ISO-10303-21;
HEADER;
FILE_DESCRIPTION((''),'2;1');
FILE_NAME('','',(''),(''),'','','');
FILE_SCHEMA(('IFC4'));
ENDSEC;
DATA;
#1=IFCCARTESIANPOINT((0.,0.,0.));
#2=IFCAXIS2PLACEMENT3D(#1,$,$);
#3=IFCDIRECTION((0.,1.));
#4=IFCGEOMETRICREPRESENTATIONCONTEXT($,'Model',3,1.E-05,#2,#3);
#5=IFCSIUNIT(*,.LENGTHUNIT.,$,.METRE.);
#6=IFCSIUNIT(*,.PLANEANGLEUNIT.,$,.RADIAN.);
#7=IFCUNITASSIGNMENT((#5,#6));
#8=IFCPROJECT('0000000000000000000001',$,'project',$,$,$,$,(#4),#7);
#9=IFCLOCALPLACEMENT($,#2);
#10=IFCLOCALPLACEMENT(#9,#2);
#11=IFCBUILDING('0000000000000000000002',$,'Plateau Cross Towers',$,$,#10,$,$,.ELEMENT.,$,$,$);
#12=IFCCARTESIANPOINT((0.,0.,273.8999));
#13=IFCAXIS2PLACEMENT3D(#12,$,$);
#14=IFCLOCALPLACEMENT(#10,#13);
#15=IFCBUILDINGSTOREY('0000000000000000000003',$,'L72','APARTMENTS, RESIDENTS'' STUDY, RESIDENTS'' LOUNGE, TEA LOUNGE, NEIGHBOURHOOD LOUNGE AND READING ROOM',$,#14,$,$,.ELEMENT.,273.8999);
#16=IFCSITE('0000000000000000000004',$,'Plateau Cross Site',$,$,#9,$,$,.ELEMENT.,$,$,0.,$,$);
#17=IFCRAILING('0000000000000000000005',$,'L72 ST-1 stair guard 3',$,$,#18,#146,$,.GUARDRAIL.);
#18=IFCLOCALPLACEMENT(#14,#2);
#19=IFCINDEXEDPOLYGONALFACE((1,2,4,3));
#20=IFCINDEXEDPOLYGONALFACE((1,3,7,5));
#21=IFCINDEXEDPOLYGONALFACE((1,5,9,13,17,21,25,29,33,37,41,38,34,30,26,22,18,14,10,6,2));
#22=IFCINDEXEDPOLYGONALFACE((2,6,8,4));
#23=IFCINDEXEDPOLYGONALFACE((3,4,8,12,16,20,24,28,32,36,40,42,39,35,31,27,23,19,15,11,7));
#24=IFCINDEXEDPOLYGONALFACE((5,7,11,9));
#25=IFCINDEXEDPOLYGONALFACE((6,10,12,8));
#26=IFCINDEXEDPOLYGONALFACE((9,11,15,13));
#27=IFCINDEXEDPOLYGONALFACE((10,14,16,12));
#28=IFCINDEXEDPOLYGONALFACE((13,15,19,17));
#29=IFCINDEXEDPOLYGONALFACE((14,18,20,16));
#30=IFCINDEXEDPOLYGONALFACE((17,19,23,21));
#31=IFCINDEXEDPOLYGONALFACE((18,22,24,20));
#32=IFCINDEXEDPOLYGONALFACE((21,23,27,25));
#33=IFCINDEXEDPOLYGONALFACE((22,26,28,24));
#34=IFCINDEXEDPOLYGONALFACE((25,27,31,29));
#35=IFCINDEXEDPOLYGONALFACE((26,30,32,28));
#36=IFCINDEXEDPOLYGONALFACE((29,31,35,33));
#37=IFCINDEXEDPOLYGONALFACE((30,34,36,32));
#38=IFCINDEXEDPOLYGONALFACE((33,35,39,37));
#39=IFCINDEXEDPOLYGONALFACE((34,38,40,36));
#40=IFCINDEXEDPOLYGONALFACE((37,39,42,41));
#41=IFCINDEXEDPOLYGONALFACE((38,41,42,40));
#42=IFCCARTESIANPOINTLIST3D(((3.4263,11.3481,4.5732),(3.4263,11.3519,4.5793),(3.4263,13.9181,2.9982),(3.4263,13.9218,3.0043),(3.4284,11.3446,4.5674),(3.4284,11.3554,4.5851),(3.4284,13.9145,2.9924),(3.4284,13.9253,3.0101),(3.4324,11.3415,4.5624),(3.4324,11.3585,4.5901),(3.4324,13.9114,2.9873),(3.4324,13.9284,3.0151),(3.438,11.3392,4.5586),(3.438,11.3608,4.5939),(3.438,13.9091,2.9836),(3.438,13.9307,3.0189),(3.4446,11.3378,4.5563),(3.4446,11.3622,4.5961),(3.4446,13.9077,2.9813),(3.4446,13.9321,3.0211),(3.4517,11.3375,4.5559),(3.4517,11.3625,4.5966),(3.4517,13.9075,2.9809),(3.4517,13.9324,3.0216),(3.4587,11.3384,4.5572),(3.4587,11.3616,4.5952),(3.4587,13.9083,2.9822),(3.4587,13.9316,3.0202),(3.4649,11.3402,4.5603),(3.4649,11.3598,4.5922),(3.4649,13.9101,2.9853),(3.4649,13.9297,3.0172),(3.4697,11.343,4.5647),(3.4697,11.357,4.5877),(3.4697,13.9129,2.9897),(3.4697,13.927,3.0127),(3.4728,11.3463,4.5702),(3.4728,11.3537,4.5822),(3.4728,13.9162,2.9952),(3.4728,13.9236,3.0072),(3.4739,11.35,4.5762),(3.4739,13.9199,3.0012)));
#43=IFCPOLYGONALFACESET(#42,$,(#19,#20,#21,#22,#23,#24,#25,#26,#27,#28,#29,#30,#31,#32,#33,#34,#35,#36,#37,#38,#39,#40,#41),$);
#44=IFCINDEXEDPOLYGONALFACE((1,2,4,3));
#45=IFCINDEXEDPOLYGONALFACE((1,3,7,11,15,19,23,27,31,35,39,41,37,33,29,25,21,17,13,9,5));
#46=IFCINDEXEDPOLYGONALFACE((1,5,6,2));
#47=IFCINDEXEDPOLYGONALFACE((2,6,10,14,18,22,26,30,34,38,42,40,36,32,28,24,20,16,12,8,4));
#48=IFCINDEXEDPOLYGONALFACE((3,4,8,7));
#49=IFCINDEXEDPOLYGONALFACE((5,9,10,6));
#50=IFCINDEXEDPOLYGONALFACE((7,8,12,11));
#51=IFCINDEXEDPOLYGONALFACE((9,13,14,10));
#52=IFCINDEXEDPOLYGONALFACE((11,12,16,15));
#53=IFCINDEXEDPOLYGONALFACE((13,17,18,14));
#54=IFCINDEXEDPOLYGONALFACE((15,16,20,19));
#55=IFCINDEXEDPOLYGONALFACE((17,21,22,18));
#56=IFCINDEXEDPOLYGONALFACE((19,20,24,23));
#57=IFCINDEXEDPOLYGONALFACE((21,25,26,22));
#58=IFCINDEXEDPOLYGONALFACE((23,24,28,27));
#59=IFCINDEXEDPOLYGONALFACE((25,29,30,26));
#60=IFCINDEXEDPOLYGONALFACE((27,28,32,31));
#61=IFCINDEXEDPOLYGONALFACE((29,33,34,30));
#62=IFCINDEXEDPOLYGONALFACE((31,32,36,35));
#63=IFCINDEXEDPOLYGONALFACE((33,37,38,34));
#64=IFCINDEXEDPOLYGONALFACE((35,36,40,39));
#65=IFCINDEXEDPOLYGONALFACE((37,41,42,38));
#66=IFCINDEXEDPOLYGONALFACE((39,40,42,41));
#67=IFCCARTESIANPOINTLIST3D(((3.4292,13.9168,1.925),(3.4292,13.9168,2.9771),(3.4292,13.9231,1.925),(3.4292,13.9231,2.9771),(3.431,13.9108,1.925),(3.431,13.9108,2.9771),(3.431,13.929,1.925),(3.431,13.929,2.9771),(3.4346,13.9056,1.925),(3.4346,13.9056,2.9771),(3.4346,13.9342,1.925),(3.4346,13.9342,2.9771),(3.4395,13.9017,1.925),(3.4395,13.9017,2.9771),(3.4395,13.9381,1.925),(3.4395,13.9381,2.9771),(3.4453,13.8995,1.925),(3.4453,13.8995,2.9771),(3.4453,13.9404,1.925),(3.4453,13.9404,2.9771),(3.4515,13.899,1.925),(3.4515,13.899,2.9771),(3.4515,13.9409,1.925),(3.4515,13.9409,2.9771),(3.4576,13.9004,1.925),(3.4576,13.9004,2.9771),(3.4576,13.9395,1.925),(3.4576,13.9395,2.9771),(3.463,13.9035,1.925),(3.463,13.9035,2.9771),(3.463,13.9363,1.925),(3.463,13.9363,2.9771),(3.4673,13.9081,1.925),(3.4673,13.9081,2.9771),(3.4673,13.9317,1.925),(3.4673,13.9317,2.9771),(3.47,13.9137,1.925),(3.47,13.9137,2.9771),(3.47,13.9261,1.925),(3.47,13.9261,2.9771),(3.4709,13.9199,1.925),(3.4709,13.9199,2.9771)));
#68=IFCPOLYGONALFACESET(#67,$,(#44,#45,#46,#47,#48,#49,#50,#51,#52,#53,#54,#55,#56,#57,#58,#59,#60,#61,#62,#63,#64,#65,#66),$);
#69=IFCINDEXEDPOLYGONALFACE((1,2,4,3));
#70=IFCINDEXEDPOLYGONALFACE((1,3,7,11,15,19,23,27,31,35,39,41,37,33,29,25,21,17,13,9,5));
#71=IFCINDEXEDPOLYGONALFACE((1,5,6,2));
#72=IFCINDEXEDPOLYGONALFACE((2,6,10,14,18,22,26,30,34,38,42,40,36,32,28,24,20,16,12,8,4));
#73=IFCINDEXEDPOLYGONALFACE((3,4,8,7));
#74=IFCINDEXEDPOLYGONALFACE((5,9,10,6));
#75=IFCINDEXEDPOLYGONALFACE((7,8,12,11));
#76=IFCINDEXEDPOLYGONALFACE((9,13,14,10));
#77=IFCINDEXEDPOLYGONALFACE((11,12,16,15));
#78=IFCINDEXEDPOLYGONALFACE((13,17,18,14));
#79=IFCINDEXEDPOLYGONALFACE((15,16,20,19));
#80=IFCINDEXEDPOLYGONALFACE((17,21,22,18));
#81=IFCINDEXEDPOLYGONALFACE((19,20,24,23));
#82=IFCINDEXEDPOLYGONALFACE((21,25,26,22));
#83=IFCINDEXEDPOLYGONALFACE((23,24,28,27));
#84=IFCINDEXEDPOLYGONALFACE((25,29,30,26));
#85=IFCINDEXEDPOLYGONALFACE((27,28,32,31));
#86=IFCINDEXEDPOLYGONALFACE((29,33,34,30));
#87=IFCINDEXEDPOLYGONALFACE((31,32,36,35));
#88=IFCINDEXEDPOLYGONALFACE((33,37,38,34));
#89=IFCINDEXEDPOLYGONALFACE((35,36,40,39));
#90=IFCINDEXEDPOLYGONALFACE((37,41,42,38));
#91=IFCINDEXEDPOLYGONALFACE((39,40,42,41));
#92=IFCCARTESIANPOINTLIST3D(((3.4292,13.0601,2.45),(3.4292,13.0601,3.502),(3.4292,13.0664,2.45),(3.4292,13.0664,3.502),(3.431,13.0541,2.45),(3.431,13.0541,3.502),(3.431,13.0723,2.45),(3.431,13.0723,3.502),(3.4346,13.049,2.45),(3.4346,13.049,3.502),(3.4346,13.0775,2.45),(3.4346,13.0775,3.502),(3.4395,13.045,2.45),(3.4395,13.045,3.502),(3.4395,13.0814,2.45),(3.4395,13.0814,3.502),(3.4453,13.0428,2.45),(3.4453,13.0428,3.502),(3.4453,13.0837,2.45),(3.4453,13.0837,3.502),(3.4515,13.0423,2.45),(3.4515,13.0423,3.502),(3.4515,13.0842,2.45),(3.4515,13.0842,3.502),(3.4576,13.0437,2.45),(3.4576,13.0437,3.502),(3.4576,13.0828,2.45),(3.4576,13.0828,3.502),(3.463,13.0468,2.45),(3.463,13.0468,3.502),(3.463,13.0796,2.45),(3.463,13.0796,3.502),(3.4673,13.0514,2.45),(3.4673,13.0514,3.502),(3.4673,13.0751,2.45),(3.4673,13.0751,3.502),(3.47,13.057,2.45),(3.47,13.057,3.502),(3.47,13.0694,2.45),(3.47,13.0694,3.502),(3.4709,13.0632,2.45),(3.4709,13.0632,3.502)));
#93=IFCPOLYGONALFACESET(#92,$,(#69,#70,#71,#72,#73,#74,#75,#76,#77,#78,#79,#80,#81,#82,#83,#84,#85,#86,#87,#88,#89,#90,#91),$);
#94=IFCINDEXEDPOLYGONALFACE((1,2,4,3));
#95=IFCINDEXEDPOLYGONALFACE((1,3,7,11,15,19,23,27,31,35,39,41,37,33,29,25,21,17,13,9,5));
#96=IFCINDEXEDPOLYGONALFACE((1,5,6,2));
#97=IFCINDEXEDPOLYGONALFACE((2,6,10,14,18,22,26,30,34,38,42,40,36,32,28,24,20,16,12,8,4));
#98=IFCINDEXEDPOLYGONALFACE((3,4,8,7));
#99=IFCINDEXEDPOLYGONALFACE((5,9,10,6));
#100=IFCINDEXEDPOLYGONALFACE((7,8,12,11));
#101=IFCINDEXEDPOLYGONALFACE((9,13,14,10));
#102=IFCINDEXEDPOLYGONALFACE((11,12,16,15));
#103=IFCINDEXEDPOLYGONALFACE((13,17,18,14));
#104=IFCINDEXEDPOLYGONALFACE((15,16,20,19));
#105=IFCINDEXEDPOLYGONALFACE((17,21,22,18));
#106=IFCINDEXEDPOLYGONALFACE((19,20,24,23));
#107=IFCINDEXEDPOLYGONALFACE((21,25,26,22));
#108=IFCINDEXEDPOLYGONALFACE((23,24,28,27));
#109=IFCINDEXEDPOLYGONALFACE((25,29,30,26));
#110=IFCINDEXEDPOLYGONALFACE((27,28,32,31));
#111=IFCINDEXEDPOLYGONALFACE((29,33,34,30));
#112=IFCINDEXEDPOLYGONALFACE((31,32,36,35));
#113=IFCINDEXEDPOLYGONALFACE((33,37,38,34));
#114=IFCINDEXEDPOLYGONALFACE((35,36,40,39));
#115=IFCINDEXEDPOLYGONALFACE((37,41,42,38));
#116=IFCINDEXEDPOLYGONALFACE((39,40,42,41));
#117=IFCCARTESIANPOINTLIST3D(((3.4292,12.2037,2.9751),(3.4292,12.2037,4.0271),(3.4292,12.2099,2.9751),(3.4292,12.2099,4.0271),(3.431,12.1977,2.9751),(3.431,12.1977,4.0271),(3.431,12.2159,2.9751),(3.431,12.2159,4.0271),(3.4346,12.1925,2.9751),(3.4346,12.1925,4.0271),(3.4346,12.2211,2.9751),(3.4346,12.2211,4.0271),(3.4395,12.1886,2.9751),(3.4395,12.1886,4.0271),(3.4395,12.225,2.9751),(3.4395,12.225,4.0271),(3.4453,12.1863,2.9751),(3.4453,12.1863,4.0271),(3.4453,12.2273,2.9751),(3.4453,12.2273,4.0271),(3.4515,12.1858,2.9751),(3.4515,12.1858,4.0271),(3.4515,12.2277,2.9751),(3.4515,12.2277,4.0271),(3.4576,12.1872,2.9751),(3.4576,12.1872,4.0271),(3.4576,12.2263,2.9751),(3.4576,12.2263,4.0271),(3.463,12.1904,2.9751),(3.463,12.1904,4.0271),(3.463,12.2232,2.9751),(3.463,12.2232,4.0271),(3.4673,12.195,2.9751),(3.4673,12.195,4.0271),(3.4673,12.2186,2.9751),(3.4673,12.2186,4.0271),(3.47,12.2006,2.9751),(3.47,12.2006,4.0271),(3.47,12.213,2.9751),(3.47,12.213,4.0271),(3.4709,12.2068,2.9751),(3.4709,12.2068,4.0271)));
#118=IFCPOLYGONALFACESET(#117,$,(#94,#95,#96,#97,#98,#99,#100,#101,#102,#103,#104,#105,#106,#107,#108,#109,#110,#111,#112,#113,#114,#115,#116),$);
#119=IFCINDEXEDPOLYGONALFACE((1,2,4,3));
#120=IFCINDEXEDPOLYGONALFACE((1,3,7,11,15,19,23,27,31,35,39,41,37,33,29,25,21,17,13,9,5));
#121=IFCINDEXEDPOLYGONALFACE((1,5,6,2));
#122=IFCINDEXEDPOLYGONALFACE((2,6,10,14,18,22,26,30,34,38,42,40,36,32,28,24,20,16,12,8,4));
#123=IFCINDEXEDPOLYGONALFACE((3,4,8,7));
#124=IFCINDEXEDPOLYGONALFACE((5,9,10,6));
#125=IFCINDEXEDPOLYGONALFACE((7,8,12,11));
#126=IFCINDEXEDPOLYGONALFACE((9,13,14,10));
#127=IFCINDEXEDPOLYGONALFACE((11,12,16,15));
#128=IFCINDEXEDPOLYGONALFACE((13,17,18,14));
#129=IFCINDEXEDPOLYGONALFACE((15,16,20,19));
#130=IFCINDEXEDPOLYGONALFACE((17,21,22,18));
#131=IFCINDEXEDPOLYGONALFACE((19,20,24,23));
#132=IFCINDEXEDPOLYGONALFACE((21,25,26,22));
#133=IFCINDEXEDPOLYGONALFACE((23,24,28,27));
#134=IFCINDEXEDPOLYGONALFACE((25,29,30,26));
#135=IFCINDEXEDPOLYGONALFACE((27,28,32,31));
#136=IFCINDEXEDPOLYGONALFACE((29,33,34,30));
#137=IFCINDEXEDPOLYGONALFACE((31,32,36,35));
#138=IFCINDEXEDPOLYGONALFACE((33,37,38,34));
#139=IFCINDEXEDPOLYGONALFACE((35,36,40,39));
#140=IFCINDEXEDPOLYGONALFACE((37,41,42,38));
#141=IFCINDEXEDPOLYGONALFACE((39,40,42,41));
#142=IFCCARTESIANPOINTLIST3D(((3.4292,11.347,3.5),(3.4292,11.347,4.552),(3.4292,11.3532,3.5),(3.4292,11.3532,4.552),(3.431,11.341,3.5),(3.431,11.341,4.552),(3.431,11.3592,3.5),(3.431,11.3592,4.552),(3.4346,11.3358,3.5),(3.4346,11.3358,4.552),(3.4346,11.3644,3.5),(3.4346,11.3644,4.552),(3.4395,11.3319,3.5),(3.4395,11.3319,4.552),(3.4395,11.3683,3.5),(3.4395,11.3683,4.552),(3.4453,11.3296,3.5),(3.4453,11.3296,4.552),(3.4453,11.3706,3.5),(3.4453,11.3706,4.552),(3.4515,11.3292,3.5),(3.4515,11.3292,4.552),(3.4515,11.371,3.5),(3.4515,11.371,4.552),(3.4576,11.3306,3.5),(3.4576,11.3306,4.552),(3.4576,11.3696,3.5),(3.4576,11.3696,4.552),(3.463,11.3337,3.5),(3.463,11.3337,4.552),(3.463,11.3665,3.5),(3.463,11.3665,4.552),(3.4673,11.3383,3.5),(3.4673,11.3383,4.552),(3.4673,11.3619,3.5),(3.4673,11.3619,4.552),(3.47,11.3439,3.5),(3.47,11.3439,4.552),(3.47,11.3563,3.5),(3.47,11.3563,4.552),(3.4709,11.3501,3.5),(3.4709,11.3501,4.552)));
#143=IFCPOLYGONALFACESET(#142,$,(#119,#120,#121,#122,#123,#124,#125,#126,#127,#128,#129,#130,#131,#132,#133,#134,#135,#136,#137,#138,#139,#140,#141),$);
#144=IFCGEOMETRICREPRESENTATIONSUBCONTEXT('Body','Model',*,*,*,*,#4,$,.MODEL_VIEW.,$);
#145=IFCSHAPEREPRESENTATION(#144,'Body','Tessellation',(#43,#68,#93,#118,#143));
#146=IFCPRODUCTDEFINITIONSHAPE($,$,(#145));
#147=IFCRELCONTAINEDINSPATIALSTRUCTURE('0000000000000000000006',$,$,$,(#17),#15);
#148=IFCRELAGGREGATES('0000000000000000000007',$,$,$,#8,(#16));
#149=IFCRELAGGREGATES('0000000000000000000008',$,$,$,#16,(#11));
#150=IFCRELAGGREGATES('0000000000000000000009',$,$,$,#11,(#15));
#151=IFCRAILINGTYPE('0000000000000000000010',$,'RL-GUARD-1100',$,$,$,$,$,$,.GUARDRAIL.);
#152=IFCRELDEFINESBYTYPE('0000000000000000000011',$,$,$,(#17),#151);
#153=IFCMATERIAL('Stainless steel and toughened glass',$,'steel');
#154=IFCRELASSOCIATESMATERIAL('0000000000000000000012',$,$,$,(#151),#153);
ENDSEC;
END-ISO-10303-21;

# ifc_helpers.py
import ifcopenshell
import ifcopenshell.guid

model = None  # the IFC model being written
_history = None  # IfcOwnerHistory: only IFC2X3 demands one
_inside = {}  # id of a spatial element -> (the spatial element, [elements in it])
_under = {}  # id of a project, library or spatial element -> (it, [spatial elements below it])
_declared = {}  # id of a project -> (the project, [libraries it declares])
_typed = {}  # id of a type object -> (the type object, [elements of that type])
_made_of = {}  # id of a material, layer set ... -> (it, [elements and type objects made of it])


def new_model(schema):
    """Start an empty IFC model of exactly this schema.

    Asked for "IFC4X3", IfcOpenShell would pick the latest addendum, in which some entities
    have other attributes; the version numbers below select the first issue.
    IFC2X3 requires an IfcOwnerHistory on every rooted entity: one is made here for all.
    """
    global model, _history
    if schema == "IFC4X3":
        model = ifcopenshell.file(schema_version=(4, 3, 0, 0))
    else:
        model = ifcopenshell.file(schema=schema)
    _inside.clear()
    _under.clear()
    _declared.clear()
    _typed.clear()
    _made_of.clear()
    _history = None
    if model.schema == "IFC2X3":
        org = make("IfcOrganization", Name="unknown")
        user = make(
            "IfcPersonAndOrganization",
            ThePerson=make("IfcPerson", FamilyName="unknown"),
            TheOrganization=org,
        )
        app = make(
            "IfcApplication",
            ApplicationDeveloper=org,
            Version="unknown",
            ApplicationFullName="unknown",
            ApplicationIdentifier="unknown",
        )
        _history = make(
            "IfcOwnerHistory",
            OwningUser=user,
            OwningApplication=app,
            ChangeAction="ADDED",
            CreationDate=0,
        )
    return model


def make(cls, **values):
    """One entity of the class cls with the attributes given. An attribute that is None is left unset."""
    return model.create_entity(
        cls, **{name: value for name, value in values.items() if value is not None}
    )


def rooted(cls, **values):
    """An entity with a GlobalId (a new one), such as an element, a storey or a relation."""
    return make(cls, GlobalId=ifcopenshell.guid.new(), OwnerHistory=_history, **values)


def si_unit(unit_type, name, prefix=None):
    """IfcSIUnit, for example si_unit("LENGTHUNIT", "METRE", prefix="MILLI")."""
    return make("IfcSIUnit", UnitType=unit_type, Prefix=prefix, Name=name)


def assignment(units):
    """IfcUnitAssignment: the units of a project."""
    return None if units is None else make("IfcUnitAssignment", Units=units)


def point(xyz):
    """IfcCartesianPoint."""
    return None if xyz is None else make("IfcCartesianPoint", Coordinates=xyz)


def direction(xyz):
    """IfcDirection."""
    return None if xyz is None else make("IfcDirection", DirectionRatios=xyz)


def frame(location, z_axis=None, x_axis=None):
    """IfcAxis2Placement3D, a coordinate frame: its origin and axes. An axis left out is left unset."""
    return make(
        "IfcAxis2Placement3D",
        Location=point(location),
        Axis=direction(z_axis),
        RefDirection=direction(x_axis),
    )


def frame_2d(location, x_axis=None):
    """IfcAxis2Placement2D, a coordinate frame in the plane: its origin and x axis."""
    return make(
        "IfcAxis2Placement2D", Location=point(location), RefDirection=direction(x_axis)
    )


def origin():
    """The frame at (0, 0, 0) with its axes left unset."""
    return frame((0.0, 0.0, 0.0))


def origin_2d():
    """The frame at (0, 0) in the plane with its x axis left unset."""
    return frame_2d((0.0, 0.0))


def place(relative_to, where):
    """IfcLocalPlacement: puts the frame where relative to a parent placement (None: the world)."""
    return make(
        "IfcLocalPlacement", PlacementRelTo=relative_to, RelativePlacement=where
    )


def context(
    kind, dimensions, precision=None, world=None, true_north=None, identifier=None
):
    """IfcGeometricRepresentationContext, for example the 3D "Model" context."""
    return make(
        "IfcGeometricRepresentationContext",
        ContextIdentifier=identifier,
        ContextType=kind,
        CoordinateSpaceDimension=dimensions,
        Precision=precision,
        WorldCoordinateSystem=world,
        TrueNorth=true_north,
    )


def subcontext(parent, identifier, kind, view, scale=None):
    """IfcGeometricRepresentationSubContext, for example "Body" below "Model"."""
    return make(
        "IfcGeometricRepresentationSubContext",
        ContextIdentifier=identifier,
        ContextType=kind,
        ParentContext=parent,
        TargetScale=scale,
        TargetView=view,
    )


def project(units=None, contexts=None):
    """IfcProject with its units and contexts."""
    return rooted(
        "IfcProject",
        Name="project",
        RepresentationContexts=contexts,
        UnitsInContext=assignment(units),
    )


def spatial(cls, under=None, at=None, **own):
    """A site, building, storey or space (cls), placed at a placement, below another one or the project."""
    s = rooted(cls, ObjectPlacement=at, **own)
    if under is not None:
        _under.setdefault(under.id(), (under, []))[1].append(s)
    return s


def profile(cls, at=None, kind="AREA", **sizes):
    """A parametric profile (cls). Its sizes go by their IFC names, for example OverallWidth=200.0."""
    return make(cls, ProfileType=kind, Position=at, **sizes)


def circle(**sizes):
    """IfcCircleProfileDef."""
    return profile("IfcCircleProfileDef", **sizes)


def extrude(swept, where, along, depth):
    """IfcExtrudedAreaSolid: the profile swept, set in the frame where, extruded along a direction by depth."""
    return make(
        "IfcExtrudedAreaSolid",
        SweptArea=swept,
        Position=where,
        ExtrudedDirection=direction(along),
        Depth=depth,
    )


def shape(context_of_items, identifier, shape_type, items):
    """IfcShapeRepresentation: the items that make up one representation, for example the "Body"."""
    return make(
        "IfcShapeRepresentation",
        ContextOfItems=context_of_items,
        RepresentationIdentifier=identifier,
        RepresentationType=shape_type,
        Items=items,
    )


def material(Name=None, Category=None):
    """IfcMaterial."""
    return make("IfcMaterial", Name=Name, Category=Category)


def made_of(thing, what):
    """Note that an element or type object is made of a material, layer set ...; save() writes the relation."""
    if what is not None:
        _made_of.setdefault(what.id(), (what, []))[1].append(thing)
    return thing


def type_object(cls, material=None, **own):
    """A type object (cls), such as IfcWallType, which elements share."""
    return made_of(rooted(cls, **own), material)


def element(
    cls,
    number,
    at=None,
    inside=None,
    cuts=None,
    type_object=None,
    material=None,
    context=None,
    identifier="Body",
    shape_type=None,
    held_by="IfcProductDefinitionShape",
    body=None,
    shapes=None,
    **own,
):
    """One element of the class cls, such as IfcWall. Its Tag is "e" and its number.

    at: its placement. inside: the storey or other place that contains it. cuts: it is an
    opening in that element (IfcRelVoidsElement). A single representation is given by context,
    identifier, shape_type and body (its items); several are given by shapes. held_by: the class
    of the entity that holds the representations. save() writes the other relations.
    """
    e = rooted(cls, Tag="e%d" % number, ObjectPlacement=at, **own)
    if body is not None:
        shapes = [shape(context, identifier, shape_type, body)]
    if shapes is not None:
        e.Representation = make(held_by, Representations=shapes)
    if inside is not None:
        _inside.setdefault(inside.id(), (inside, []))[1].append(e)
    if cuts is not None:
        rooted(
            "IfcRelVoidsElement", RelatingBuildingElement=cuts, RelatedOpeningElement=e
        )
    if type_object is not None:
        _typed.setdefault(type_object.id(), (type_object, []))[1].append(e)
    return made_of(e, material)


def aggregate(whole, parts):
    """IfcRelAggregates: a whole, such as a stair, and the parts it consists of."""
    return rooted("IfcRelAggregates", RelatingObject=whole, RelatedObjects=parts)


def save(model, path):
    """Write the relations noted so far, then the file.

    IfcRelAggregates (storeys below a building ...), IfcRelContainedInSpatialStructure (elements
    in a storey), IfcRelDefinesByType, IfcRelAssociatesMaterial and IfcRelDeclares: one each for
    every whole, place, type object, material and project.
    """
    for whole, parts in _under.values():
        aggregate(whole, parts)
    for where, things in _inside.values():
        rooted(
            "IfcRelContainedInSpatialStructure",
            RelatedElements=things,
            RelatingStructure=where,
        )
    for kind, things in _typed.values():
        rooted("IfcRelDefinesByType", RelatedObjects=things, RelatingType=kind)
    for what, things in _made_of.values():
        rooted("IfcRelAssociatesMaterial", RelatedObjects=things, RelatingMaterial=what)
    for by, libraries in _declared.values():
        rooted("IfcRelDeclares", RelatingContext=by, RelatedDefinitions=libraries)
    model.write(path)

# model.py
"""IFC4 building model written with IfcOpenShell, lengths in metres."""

from ifc_helpers import new_model, si_unit, direction, frame, origin, origin_2d, place, context, subcontext, project, spatial, circle, extrude, material, type_object, element, save


model = new_model("IFC4")

# Units and contexts
model_context = context("Model", 3, precision=1e-05, world=origin(), true_north=direction((0.0, 1.0)))
body_context = subcontext(model_context, "Body", "Model", "MODEL_VIEW")
ifc_project = project(units=[si_unit("LENGTHUNIT", "METRE"), si_unit("PLANEANGLEUNIT", "RADIAN")], contexts=[model_context])

# Site, building, storey
site_placement = place(None, origin())
site = spatial("IfcSite", under=ifc_project, at=site_placement, Name="Plateau Cross Site", CompositionType="ELEMENT", RefElevation=0.0)
building_placement = place(site_placement, origin())
building = spatial("IfcBuilding", under=site, at=building_placement, Name="Plateau Cross Towers", CompositionType="ELEMENT")
storey_placement = place(building_placement, frame((0.0, 0.0, 273.8999)))
storey = spatial("IfcBuildingStorey", under=building, at=storey_placement, Name="L72", Description="APARTMENTS, RESIDENTS' STUDY, RESIDENTS' LOUNGE, TEA LOUNGE, NEIGHBOURHOOD LOUNGE AND READING ROOM", CompositionType="ELEMENT", Elevation=273.8999)

# Railing
ifc_material_1 = material(Name="Stainless steel and toughened glass", Category="steel")
railing_type_1 = type_object("IfcRailingType", Name="RL-GUARD-1100", PredefinedType="GUARDRAIL", material=ifc_material_1)
railing_1_placement = place(storey_placement, frame((3.45, 13.9199, 1.925)))
element("IfcRailing", 1, at=railing_1_placement, inside=storey, type_object=railing_type_1, Name="L72 ST-1 stair guard 3", PredefinedType="GUARDRAIL", context=body_context, shape_type="SweptSolid", body=[
    extrude(circle(Radius=0.0239, at=origin_2d()), frame((0.0, 0.0, 1.0762), z_axis=(0.0, -0.852616, 0.522537), x_axis=(1.0, 0.0, 0.0)), (0.0, 0.0, 1.0), 3.0142),
    extrude(circle(Radius=0.021, at=origin_2d()), origin(), (0.0, 0.0, 1.0), 1.052),
    extrude(circle(Radius=0.021, at=origin_2d()), frame((0.0, -0.8567, 0.5249)), (0.0, 0.0, 1.0), 1.052),
    extrude(circle(Radius=0.021, at=origin_2d()), frame((0.0, -1.7131, 1.05)), (0.0, 0.0, 1.0), 1.052),
    extrude(circle(Radius=0.021, at=origin_2d()), frame((0.0, -2.5698, 1.575)), (0.0, 0.0, 1.0), 1.052),
])

save(model, "model.ifc")
